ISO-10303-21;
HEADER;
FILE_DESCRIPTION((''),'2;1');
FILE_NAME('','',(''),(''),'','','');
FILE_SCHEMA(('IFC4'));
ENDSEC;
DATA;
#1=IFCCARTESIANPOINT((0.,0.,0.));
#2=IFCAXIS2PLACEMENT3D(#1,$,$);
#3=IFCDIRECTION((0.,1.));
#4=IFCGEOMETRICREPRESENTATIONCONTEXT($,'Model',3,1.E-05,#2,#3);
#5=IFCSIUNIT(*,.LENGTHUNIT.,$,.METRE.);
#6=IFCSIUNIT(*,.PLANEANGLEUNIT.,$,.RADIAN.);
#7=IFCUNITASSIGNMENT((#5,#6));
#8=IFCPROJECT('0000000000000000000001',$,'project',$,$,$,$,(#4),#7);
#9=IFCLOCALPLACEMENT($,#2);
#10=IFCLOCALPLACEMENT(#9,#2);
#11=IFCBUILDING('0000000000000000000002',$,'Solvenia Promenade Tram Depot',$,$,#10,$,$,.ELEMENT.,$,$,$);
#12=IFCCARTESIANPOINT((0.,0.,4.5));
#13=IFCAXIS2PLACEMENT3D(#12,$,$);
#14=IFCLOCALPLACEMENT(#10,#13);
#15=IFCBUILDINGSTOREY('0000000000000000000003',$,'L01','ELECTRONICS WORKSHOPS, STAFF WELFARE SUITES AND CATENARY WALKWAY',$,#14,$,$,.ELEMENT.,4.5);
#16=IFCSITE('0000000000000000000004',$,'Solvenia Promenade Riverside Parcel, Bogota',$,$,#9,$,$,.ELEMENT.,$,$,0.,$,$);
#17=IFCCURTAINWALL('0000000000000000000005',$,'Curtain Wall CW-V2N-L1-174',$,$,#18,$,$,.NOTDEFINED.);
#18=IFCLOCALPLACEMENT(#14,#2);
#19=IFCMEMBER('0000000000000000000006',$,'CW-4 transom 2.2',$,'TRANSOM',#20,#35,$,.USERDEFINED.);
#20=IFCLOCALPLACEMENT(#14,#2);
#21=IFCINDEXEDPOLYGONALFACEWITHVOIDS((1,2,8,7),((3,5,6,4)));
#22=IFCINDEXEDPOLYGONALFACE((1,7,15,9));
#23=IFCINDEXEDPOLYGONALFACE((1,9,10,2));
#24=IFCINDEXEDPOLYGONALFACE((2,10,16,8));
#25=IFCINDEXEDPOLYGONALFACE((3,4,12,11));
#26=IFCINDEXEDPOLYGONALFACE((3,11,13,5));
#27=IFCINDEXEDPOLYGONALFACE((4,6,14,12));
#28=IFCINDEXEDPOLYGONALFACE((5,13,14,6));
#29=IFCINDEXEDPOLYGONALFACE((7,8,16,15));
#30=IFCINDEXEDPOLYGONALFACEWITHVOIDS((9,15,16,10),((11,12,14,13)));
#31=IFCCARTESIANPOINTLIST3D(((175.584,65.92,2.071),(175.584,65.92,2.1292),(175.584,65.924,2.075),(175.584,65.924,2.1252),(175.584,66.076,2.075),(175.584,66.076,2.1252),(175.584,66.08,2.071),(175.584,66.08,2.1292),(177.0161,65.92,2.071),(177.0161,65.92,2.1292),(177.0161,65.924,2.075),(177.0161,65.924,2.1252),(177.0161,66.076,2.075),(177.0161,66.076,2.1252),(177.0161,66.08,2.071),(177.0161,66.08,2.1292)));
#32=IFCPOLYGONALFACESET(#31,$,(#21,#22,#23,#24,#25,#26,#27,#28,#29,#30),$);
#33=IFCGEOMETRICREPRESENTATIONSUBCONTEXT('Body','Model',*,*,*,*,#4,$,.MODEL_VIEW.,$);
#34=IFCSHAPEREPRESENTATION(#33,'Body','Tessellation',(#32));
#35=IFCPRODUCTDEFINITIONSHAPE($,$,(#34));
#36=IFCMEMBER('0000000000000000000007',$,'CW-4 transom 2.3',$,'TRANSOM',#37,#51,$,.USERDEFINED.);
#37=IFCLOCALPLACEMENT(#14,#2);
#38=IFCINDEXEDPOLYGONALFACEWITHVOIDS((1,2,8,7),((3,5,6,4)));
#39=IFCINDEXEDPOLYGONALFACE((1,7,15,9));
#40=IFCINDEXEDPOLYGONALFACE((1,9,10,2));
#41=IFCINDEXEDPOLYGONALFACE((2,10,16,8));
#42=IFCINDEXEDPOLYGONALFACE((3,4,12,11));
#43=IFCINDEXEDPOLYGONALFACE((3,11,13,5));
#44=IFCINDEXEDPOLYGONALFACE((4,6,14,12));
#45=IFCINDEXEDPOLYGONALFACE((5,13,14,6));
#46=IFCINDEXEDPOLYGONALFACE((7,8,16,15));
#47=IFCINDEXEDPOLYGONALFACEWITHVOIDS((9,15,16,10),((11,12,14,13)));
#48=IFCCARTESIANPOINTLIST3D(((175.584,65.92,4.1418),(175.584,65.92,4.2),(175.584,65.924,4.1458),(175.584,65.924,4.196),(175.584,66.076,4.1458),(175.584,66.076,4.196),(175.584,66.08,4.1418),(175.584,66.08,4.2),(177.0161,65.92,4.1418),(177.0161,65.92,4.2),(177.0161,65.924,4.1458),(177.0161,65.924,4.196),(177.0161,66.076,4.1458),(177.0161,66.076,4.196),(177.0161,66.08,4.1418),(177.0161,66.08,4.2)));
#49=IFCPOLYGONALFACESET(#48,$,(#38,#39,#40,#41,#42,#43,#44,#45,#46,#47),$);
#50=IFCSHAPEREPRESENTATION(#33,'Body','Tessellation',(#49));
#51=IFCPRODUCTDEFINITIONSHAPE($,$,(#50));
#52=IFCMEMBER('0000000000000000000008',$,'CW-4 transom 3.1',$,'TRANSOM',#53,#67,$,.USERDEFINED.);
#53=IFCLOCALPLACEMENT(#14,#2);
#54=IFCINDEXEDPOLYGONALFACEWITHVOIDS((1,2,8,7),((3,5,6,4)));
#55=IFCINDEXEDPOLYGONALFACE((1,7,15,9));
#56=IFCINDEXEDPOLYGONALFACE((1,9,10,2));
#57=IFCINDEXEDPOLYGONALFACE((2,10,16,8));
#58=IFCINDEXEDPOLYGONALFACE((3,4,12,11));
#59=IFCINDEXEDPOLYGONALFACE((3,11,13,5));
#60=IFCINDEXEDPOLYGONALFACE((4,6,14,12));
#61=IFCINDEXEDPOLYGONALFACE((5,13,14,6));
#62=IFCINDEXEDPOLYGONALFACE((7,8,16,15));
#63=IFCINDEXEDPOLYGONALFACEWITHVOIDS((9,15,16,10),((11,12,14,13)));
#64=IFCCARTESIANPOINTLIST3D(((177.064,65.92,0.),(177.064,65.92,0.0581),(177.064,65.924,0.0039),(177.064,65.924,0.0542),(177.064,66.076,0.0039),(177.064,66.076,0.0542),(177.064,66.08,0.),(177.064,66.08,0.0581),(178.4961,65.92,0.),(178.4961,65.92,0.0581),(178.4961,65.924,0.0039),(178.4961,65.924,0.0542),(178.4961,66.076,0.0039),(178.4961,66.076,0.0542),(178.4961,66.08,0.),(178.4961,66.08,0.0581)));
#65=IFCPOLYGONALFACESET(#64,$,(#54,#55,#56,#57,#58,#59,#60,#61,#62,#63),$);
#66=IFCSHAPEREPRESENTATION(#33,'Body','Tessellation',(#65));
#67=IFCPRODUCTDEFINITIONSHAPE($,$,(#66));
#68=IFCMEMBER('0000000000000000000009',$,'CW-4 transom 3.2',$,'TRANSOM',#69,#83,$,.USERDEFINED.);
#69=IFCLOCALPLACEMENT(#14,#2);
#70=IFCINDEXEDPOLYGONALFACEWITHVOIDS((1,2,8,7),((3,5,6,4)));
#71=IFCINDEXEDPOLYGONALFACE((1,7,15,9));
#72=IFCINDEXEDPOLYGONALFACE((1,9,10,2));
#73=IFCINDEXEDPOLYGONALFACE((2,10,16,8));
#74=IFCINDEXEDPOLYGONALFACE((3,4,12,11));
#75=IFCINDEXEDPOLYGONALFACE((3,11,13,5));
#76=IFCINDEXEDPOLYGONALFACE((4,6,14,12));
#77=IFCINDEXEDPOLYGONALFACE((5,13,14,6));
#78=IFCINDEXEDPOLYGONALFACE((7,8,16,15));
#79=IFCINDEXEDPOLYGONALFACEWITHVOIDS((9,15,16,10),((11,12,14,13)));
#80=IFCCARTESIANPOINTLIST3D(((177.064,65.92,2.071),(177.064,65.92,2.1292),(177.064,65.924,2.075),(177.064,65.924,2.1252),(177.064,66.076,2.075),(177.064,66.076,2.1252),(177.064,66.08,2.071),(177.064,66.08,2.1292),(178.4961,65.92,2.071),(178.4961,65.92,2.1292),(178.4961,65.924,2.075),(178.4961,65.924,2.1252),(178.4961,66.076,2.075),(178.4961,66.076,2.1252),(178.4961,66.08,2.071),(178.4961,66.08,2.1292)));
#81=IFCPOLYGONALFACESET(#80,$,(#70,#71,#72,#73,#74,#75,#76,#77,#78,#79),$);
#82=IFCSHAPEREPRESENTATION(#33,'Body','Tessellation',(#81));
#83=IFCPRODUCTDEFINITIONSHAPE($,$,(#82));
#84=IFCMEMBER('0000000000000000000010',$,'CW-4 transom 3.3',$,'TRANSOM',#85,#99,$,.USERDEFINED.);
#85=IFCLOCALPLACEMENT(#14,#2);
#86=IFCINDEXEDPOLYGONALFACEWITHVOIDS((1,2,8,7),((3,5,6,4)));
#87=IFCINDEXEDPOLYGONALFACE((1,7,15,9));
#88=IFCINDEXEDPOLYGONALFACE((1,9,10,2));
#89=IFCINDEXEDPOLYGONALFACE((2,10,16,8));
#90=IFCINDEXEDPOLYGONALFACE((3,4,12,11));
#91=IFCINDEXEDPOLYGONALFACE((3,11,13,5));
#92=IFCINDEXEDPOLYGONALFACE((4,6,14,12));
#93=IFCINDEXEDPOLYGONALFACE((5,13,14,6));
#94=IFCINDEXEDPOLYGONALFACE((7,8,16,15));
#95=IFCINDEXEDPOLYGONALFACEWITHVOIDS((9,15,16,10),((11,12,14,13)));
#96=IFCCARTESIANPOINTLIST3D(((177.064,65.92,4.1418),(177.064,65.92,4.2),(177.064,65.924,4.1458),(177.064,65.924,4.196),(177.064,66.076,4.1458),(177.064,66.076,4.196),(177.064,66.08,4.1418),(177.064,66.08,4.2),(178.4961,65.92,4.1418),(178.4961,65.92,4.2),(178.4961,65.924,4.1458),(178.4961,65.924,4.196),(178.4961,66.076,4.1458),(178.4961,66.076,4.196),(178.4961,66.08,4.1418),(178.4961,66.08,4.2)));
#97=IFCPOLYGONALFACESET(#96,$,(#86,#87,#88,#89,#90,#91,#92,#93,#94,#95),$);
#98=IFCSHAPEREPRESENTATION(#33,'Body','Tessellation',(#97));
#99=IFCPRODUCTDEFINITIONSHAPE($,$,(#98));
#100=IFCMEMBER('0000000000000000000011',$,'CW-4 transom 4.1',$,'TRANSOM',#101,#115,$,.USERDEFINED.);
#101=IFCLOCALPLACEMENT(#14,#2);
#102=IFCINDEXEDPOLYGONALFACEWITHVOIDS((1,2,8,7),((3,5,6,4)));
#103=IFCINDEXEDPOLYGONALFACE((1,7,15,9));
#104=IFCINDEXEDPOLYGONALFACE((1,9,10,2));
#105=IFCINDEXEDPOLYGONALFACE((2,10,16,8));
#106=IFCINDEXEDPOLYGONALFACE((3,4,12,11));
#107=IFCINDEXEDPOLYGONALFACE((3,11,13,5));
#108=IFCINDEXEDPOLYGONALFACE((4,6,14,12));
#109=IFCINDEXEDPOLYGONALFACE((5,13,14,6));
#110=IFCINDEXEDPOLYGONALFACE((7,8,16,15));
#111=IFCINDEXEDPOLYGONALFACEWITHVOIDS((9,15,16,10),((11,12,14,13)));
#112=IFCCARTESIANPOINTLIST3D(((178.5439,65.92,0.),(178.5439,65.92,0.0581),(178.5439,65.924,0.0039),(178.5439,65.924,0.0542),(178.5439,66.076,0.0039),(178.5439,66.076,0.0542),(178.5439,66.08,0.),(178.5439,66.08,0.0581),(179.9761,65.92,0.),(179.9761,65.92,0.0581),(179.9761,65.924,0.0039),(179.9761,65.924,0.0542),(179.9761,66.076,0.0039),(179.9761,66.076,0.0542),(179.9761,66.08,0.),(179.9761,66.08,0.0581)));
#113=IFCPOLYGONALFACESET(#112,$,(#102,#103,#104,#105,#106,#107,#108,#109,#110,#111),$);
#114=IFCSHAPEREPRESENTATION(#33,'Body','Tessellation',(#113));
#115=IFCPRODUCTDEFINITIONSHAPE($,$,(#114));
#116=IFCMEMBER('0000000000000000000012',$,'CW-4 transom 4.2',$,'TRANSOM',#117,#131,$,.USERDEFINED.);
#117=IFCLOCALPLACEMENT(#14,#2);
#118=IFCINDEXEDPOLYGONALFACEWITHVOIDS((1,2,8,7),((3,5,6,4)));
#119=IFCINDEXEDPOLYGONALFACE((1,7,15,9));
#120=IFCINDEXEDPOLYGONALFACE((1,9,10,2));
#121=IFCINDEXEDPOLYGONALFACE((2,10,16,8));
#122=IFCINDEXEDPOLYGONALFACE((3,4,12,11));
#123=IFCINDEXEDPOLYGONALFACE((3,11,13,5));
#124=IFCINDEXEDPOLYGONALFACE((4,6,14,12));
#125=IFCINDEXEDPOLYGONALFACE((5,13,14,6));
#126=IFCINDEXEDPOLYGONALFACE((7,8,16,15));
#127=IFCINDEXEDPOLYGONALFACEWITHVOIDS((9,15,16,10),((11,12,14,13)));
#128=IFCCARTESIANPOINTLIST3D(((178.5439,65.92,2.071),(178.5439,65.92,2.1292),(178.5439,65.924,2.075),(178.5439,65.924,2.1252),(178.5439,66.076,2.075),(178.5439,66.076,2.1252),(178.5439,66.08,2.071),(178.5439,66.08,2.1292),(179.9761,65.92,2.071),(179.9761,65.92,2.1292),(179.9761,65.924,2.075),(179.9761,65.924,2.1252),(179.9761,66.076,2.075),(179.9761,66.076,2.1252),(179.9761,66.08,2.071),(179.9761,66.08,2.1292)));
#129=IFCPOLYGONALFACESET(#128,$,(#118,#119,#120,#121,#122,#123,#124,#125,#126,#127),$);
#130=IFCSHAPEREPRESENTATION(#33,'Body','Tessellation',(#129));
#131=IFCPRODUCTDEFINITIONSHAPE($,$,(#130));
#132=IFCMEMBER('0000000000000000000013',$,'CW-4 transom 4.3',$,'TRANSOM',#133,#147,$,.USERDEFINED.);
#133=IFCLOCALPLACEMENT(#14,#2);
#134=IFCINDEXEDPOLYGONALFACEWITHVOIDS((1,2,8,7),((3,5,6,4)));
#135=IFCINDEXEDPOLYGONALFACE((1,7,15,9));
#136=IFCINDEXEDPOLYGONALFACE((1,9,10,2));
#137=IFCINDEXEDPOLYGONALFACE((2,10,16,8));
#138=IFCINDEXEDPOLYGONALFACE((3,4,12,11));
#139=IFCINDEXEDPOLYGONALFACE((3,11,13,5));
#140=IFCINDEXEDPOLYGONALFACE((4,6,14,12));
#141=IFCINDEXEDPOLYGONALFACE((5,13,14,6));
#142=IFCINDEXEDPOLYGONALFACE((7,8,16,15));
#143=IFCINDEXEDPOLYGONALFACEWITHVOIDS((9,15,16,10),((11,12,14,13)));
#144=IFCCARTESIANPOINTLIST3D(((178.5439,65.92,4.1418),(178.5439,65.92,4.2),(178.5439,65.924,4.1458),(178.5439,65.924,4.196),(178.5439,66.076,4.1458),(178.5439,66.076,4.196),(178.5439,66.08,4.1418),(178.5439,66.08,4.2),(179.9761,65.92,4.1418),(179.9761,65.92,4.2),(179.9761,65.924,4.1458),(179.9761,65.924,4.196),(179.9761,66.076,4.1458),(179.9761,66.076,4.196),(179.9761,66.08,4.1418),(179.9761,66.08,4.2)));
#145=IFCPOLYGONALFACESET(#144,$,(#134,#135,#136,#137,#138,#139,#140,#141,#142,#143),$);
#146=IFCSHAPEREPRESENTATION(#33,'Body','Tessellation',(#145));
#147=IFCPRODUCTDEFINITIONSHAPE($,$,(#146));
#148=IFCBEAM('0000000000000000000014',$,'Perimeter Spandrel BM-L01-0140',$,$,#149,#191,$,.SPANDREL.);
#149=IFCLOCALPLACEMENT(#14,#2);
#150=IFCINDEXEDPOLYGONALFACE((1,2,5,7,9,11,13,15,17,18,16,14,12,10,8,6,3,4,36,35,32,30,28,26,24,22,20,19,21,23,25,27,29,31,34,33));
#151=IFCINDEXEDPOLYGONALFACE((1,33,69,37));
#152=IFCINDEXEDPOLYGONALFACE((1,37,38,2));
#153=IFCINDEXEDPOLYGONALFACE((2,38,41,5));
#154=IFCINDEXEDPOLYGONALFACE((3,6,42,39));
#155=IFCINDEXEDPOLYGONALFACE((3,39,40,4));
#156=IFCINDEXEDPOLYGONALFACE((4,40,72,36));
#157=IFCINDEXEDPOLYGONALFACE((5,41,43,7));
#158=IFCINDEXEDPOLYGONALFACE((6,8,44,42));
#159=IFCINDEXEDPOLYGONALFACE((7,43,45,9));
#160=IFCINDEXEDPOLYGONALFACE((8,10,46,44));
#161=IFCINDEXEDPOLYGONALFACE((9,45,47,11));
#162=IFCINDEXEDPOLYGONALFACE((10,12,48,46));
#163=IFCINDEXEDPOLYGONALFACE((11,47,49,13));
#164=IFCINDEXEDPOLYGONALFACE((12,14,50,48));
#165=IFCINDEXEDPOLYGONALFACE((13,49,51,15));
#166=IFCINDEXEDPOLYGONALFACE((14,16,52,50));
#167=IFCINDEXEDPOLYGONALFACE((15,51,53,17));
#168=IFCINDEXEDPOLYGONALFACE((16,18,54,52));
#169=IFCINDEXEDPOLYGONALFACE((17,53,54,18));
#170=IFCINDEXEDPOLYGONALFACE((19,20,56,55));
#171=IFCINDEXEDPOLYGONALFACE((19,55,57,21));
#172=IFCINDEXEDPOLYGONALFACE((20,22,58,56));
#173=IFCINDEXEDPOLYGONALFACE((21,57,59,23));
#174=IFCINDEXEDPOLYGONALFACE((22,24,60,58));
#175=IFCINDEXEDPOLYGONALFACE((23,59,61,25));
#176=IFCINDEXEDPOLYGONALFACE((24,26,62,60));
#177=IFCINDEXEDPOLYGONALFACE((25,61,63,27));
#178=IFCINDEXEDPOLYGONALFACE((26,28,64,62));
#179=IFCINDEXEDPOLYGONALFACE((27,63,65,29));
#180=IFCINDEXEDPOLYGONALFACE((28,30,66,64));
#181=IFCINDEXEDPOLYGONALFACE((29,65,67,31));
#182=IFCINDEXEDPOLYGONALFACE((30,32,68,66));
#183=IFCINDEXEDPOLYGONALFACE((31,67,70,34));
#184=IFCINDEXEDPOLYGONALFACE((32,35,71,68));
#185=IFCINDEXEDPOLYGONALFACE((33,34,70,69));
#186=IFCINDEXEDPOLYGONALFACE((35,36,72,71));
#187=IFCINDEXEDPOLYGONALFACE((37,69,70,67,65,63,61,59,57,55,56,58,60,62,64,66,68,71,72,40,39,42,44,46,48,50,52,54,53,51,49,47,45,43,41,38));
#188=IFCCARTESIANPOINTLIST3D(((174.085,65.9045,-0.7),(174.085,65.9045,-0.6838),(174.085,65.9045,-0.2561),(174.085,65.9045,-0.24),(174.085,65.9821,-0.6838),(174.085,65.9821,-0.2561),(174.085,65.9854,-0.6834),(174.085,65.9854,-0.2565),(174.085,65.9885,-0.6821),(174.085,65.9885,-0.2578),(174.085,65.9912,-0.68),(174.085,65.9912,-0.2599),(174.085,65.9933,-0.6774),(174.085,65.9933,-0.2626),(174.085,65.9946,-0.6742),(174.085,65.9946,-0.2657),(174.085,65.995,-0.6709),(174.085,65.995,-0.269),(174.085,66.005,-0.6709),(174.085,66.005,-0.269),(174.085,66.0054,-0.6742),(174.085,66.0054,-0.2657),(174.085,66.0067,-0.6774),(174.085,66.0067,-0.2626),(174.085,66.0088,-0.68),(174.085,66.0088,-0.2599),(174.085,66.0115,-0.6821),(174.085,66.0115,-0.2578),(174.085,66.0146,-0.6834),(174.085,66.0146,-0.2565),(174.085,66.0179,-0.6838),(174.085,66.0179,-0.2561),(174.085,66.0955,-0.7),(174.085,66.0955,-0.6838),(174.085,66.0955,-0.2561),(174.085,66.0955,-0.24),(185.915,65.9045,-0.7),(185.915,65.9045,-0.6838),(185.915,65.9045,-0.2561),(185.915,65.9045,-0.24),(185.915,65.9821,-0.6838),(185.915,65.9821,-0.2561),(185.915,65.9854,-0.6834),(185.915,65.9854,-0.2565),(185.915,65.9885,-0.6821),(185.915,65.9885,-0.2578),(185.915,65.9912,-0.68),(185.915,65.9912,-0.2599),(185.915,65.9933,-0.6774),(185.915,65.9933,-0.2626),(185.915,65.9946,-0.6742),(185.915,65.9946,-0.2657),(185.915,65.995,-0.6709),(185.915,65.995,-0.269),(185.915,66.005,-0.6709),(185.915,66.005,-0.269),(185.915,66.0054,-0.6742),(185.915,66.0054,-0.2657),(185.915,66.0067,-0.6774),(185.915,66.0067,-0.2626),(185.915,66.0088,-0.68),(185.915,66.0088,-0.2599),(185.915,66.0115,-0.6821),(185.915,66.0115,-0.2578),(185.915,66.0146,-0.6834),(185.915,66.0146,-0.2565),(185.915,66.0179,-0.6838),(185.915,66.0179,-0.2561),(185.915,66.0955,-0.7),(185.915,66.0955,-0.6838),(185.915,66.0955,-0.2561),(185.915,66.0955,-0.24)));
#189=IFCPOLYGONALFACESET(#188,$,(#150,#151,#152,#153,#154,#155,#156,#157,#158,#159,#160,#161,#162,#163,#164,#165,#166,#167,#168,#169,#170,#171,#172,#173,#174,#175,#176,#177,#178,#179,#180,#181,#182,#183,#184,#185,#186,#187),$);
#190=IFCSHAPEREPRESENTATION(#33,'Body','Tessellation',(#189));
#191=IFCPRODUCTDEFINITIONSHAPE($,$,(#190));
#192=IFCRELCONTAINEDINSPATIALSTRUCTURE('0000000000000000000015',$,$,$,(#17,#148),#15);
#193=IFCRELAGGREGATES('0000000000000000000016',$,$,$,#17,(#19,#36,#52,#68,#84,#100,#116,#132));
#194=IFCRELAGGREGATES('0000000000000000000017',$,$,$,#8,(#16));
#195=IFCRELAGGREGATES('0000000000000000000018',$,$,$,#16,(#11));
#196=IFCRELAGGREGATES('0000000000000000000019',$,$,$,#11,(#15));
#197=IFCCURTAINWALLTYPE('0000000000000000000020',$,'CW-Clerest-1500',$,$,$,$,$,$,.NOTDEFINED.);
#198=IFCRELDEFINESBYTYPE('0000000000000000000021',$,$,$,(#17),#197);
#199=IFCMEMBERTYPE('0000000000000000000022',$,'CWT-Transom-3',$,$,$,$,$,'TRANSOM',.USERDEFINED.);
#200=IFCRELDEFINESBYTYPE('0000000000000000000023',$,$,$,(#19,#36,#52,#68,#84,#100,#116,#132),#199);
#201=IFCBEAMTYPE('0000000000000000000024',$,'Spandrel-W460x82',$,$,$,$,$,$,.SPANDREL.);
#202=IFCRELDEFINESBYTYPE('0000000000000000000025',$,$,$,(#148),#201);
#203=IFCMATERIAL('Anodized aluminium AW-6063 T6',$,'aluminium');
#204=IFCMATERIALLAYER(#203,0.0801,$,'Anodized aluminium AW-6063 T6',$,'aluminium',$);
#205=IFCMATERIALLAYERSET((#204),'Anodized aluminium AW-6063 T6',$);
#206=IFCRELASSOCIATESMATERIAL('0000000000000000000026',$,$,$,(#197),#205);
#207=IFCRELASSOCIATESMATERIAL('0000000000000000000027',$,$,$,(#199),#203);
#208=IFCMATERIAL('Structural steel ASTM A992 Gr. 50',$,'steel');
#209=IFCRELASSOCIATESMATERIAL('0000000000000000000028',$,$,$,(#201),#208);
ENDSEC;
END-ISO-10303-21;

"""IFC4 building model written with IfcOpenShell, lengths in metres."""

from ifc_helpers import new_model, si_unit, direction, frame, origin, origin_2d, place, context, subcontext, project, spatial, hollow_rectangle, i_section, extrude, material, layer, layer_set, material_profile, profile_set, type_object, element, aggregate, save


model = new_model("IFC4")

# Units and contexts
model_context = context("Model", 3, precision=1e-05, world=origin(), true_north=direction((0.0, 1.0)))
body_context = subcontext(model_context, "Body", "Model", "MODEL_VIEW")
ifc_project = project(units=[si_unit("LENGTHUNIT", "METRE"), si_unit("PLANEANGLEUNIT", "RADIAN")], contexts=[model_context])

# Site, building, storey
site_placement = place(None, origin())
site = spatial("IfcSite", under=ifc_project, at=site_placement, Name="Solvenia Promenade Riverside Parcel, Bogota", CompositionType="ELEMENT", RefElevation=0.0)
building_placement = place(site_placement, origin())
building = spatial("IfcBuilding", under=site, at=building_placement, Name="Solvenia Promenade Tram Depot", CompositionType="ELEMENT")
storey_placement = place(building_placement, frame((0.0, 0.0, 4.5)))
storey = spatial("IfcBuildingStorey", under=building, at=storey_placement, Name="L01", Description="ELECTRONICS WORKSHOPS, STAFF WELFARE SUITES AND CATENARY WALKWAY", CompositionType="ELEMENT", Elevation=4.5)

# Shared definitions
ifc_material_1 = material(Name="Structural steel ASTM A992 Gr. 50", Category="steel")

# Curtain wall, members
ifc_material_2 = material(Name="Anodized aluminium AW-6063 T6", Category="aluminium")
ifc_layer_1 = layer(ifc_material_2, 0.0801, Name="Anodized aluminium AW-6063 T6", Category="aluminium")
ifc_layer_set_1 = layer_set([ifc_layer_1], Name="Anodized aluminium AW-6063 T6")
curtain_wall_type = type_object("IfcCurtainWallType", Name="CW-Clerest-1500", PredefinedType="NOTDEFINED", material=ifc_layer_set_1)
curtain_wall_placement = place(storey_placement, origin())
curtain_wall = element("IfcCurtainWall", 1, at=curtain_wall_placement, inside=storey, type_object=curtain_wall_type, Name="Curtain Wall CW-V2N-L1-174", PredefinedType="NOTDEFINED")
ifc_material_profile_1 = material_profile(ifc_material_2, hollow_rectangle(XDim=0.1599, YDim=0.0581, WallThickness=0.0039, at=origin_2d()), Name="ALU-T3", Category="aluminium")
ifc_profile_set_1 = profile_set([ifc_material_profile_1], Name="Anodized aluminium AW-6063 T6")
member_type_1 = type_object("IfcMemberType", Name="CWT-Transom-3", ElementType="TRANSOM", PredefinedType="USERDEFINED", material=ifc_profile_set_1)
member_1_placement = place(storey_placement, frame((175.584, 66.0, 2.1001), z_axis=(1.0, 0.0, 0.0), x_axis=(0.0, 1.0, 0.0)))
member_1 = element("IfcMember", 2, at=member_1_placement, type_object=member_type_1, Name="CW-4 transom 2.2", ObjectType="TRANSOM", PredefinedType="USERDEFINED", context=body_context, shape_type="SweptSolid", body=[
    extrude(hollow_rectangle(XDim=0.1599, YDim=0.0581, WallThickness=0.0039, at=origin_2d()), origin(), (0.0, 0.0, 1.0), 1.4321),
])
member_2_placement = place(storey_placement, frame((175.584, 66.0, 4.1709), z_axis=(1.0, 0.0, 0.0), x_axis=(0.0, 1.0, 0.0)))
member_2 = element("IfcMember", 3, at=member_2_placement, type_object=member_type_1, Name="CW-4 transom 2.3", ObjectType="TRANSOM", PredefinedType="USERDEFINED", context=body_context, shape_type="SweptSolid", body=[
    extrude(hollow_rectangle(XDim=0.1599, YDim=0.0581, WallThickness=0.0039, at=origin_2d()), origin(), (0.0, 0.0, 1.0), 1.4321),
])
member_3_placement = place(storey_placement, frame((177.064, 66.0, 0.0291), z_axis=(1.0, 0.0, 0.0), x_axis=(0.0, 1.0, 0.0)))
member_3 = element("IfcMember", 4, at=member_3_placement, type_object=member_type_1, Name="CW-4 transom 3.1", ObjectType="TRANSOM", PredefinedType="USERDEFINED", context=body_context, shape_type="SweptSolid", body=[
    extrude(hollow_rectangle(XDim=0.1599, YDim=0.0581, WallThickness=0.0039, at=origin_2d()), origin(), (0.0, 0.0, 1.0), 1.4321),
])
member_4_placement = place(storey_placement, frame((177.064, 66.0, 2.1001), z_axis=(1.0, 0.0, 0.0), x_axis=(0.0, 1.0, 0.0)))
member_4 = element("IfcMember", 5, at=member_4_placement, type_object=member_type_1, Name="CW-4 transom 3.2", ObjectType="TRANSOM", PredefinedType="USERDEFINED", context=body_context, shape_type="SweptSolid", body=[
    extrude(hollow_rectangle(XDim=0.1599, YDim=0.0581, WallThickness=0.0039, at=origin_2d()), origin(), (0.0, 0.0, 1.0), 1.4321),
])
member_5_placement = place(storey_placement, frame((177.064, 66.0, 4.1709), z_axis=(1.0, 0.0, 0.0), x_axis=(0.0, 1.0, 0.0)))
member_5 = element("IfcMember", 6, at=member_5_placement, type_object=member_type_1, Name="CW-4 transom 3.3", ObjectType="TRANSOM", PredefinedType="USERDEFINED", context=body_context, shape_type="SweptSolid", body=[
    extrude(hollow_rectangle(XDim=0.1599, YDim=0.0581, WallThickness=0.0039, at=origin_2d()), origin(), (0.0, 0.0, 1.0), 1.4321),
])
member_6_placement = place(storey_placement, frame((178.5439, 66.0, 0.0291), z_axis=(1.0, 0.0, 0.0), x_axis=(0.0, 1.0, 0.0)))
member_6 = element("IfcMember", 7, at=member_6_placement, type_object=member_type_1, Name="CW-4 transom 4.1", ObjectType="TRANSOM", PredefinedType="USERDEFINED", context=body_context, shape_type="SweptSolid", body=[
    extrude(hollow_rectangle(XDim=0.1599, YDim=0.0581, WallThickness=0.0039, at=origin_2d()), origin(), (0.0, 0.0, 1.0), 1.4321),
])
member_7_placement = place(storey_placement, frame((178.5439, 66.0, 2.1001), z_axis=(1.0, 0.0, 0.0), x_axis=(0.0, 1.0, 0.0)))
member_7 = element("IfcMember", 8, at=member_7_placement, type_object=member_type_1, Name="CW-4 transom 4.2", ObjectType="TRANSOM", PredefinedType="USERDEFINED", context=body_context, shape_type="SweptSolid", body=[
    extrude(hollow_rectangle(XDim=0.1599, YDim=0.0581, WallThickness=0.0039, at=origin_2d()), origin(), (0.0, 0.0, 1.0), 1.4321),
])
member_8_placement = place(storey_placement, frame((178.5439, 66.0, 4.1709), z_axis=(1.0, 0.0, 0.0), x_axis=(0.0, 1.0, 0.0)))
member_8 = element("IfcMember", 9, at=member_8_placement, type_object=member_type_1, Name="CW-4 transom 4.3", ObjectType="TRANSOM", PredefinedType="USERDEFINED", context=body_context, shape_type="SweptSolid", body=[
    extrude(hollow_rectangle(XDim=0.1599, YDim=0.0581, WallThickness=0.0039, at=origin_2d()), origin(), (0.0, 0.0, 1.0), 1.4321),
])

# Beam
ifc_material_profile_2 = material_profile(ifc_material_1, i_section(OverallWidth=0.1909, OverallDepth=0.46, WebThickness=0.01, FlangeThickness=0.0161, FilletRadius=0.0129, at=origin_2d()), Name="W460x82", Category="steel")
ifc_profile_set_2 = profile_set([ifc_material_profile_2], Name="Structural steel ASTM A992 Gr. 50")
beam_type = type_object("IfcBeamType", Name="Spandrel-W460x82", PredefinedType="SPANDREL", material=ifc_profile_set_2)
beam_placement = place(storey_placement, frame((174.085, 66.0, -0.47), z_axis=(1.0, 0.0, 0.0), x_axis=(0.0, 1.0, 0.0)))
element("IfcBeam", 10, at=beam_placement, inside=storey, type_object=beam_type, Name="Perimeter Spandrel BM-L01-0140", PredefinedType="SPANDREL", context=body_context, shape_type="SweptSolid", body=[
    extrude(i_section(OverallWidth=0.1909, OverallDepth=0.46, WebThickness=0.01, FlangeThickness=0.0161, FilletRadius=0.0129, at=origin_2d()), origin(), (0.0, 0.0, 1.0), 11.8301),
])

aggregate(curtain_wall, [member_1, member_2, member_3, member_4, member_5, member_6, member_7, member_8])

save(model, "model.ifc")
